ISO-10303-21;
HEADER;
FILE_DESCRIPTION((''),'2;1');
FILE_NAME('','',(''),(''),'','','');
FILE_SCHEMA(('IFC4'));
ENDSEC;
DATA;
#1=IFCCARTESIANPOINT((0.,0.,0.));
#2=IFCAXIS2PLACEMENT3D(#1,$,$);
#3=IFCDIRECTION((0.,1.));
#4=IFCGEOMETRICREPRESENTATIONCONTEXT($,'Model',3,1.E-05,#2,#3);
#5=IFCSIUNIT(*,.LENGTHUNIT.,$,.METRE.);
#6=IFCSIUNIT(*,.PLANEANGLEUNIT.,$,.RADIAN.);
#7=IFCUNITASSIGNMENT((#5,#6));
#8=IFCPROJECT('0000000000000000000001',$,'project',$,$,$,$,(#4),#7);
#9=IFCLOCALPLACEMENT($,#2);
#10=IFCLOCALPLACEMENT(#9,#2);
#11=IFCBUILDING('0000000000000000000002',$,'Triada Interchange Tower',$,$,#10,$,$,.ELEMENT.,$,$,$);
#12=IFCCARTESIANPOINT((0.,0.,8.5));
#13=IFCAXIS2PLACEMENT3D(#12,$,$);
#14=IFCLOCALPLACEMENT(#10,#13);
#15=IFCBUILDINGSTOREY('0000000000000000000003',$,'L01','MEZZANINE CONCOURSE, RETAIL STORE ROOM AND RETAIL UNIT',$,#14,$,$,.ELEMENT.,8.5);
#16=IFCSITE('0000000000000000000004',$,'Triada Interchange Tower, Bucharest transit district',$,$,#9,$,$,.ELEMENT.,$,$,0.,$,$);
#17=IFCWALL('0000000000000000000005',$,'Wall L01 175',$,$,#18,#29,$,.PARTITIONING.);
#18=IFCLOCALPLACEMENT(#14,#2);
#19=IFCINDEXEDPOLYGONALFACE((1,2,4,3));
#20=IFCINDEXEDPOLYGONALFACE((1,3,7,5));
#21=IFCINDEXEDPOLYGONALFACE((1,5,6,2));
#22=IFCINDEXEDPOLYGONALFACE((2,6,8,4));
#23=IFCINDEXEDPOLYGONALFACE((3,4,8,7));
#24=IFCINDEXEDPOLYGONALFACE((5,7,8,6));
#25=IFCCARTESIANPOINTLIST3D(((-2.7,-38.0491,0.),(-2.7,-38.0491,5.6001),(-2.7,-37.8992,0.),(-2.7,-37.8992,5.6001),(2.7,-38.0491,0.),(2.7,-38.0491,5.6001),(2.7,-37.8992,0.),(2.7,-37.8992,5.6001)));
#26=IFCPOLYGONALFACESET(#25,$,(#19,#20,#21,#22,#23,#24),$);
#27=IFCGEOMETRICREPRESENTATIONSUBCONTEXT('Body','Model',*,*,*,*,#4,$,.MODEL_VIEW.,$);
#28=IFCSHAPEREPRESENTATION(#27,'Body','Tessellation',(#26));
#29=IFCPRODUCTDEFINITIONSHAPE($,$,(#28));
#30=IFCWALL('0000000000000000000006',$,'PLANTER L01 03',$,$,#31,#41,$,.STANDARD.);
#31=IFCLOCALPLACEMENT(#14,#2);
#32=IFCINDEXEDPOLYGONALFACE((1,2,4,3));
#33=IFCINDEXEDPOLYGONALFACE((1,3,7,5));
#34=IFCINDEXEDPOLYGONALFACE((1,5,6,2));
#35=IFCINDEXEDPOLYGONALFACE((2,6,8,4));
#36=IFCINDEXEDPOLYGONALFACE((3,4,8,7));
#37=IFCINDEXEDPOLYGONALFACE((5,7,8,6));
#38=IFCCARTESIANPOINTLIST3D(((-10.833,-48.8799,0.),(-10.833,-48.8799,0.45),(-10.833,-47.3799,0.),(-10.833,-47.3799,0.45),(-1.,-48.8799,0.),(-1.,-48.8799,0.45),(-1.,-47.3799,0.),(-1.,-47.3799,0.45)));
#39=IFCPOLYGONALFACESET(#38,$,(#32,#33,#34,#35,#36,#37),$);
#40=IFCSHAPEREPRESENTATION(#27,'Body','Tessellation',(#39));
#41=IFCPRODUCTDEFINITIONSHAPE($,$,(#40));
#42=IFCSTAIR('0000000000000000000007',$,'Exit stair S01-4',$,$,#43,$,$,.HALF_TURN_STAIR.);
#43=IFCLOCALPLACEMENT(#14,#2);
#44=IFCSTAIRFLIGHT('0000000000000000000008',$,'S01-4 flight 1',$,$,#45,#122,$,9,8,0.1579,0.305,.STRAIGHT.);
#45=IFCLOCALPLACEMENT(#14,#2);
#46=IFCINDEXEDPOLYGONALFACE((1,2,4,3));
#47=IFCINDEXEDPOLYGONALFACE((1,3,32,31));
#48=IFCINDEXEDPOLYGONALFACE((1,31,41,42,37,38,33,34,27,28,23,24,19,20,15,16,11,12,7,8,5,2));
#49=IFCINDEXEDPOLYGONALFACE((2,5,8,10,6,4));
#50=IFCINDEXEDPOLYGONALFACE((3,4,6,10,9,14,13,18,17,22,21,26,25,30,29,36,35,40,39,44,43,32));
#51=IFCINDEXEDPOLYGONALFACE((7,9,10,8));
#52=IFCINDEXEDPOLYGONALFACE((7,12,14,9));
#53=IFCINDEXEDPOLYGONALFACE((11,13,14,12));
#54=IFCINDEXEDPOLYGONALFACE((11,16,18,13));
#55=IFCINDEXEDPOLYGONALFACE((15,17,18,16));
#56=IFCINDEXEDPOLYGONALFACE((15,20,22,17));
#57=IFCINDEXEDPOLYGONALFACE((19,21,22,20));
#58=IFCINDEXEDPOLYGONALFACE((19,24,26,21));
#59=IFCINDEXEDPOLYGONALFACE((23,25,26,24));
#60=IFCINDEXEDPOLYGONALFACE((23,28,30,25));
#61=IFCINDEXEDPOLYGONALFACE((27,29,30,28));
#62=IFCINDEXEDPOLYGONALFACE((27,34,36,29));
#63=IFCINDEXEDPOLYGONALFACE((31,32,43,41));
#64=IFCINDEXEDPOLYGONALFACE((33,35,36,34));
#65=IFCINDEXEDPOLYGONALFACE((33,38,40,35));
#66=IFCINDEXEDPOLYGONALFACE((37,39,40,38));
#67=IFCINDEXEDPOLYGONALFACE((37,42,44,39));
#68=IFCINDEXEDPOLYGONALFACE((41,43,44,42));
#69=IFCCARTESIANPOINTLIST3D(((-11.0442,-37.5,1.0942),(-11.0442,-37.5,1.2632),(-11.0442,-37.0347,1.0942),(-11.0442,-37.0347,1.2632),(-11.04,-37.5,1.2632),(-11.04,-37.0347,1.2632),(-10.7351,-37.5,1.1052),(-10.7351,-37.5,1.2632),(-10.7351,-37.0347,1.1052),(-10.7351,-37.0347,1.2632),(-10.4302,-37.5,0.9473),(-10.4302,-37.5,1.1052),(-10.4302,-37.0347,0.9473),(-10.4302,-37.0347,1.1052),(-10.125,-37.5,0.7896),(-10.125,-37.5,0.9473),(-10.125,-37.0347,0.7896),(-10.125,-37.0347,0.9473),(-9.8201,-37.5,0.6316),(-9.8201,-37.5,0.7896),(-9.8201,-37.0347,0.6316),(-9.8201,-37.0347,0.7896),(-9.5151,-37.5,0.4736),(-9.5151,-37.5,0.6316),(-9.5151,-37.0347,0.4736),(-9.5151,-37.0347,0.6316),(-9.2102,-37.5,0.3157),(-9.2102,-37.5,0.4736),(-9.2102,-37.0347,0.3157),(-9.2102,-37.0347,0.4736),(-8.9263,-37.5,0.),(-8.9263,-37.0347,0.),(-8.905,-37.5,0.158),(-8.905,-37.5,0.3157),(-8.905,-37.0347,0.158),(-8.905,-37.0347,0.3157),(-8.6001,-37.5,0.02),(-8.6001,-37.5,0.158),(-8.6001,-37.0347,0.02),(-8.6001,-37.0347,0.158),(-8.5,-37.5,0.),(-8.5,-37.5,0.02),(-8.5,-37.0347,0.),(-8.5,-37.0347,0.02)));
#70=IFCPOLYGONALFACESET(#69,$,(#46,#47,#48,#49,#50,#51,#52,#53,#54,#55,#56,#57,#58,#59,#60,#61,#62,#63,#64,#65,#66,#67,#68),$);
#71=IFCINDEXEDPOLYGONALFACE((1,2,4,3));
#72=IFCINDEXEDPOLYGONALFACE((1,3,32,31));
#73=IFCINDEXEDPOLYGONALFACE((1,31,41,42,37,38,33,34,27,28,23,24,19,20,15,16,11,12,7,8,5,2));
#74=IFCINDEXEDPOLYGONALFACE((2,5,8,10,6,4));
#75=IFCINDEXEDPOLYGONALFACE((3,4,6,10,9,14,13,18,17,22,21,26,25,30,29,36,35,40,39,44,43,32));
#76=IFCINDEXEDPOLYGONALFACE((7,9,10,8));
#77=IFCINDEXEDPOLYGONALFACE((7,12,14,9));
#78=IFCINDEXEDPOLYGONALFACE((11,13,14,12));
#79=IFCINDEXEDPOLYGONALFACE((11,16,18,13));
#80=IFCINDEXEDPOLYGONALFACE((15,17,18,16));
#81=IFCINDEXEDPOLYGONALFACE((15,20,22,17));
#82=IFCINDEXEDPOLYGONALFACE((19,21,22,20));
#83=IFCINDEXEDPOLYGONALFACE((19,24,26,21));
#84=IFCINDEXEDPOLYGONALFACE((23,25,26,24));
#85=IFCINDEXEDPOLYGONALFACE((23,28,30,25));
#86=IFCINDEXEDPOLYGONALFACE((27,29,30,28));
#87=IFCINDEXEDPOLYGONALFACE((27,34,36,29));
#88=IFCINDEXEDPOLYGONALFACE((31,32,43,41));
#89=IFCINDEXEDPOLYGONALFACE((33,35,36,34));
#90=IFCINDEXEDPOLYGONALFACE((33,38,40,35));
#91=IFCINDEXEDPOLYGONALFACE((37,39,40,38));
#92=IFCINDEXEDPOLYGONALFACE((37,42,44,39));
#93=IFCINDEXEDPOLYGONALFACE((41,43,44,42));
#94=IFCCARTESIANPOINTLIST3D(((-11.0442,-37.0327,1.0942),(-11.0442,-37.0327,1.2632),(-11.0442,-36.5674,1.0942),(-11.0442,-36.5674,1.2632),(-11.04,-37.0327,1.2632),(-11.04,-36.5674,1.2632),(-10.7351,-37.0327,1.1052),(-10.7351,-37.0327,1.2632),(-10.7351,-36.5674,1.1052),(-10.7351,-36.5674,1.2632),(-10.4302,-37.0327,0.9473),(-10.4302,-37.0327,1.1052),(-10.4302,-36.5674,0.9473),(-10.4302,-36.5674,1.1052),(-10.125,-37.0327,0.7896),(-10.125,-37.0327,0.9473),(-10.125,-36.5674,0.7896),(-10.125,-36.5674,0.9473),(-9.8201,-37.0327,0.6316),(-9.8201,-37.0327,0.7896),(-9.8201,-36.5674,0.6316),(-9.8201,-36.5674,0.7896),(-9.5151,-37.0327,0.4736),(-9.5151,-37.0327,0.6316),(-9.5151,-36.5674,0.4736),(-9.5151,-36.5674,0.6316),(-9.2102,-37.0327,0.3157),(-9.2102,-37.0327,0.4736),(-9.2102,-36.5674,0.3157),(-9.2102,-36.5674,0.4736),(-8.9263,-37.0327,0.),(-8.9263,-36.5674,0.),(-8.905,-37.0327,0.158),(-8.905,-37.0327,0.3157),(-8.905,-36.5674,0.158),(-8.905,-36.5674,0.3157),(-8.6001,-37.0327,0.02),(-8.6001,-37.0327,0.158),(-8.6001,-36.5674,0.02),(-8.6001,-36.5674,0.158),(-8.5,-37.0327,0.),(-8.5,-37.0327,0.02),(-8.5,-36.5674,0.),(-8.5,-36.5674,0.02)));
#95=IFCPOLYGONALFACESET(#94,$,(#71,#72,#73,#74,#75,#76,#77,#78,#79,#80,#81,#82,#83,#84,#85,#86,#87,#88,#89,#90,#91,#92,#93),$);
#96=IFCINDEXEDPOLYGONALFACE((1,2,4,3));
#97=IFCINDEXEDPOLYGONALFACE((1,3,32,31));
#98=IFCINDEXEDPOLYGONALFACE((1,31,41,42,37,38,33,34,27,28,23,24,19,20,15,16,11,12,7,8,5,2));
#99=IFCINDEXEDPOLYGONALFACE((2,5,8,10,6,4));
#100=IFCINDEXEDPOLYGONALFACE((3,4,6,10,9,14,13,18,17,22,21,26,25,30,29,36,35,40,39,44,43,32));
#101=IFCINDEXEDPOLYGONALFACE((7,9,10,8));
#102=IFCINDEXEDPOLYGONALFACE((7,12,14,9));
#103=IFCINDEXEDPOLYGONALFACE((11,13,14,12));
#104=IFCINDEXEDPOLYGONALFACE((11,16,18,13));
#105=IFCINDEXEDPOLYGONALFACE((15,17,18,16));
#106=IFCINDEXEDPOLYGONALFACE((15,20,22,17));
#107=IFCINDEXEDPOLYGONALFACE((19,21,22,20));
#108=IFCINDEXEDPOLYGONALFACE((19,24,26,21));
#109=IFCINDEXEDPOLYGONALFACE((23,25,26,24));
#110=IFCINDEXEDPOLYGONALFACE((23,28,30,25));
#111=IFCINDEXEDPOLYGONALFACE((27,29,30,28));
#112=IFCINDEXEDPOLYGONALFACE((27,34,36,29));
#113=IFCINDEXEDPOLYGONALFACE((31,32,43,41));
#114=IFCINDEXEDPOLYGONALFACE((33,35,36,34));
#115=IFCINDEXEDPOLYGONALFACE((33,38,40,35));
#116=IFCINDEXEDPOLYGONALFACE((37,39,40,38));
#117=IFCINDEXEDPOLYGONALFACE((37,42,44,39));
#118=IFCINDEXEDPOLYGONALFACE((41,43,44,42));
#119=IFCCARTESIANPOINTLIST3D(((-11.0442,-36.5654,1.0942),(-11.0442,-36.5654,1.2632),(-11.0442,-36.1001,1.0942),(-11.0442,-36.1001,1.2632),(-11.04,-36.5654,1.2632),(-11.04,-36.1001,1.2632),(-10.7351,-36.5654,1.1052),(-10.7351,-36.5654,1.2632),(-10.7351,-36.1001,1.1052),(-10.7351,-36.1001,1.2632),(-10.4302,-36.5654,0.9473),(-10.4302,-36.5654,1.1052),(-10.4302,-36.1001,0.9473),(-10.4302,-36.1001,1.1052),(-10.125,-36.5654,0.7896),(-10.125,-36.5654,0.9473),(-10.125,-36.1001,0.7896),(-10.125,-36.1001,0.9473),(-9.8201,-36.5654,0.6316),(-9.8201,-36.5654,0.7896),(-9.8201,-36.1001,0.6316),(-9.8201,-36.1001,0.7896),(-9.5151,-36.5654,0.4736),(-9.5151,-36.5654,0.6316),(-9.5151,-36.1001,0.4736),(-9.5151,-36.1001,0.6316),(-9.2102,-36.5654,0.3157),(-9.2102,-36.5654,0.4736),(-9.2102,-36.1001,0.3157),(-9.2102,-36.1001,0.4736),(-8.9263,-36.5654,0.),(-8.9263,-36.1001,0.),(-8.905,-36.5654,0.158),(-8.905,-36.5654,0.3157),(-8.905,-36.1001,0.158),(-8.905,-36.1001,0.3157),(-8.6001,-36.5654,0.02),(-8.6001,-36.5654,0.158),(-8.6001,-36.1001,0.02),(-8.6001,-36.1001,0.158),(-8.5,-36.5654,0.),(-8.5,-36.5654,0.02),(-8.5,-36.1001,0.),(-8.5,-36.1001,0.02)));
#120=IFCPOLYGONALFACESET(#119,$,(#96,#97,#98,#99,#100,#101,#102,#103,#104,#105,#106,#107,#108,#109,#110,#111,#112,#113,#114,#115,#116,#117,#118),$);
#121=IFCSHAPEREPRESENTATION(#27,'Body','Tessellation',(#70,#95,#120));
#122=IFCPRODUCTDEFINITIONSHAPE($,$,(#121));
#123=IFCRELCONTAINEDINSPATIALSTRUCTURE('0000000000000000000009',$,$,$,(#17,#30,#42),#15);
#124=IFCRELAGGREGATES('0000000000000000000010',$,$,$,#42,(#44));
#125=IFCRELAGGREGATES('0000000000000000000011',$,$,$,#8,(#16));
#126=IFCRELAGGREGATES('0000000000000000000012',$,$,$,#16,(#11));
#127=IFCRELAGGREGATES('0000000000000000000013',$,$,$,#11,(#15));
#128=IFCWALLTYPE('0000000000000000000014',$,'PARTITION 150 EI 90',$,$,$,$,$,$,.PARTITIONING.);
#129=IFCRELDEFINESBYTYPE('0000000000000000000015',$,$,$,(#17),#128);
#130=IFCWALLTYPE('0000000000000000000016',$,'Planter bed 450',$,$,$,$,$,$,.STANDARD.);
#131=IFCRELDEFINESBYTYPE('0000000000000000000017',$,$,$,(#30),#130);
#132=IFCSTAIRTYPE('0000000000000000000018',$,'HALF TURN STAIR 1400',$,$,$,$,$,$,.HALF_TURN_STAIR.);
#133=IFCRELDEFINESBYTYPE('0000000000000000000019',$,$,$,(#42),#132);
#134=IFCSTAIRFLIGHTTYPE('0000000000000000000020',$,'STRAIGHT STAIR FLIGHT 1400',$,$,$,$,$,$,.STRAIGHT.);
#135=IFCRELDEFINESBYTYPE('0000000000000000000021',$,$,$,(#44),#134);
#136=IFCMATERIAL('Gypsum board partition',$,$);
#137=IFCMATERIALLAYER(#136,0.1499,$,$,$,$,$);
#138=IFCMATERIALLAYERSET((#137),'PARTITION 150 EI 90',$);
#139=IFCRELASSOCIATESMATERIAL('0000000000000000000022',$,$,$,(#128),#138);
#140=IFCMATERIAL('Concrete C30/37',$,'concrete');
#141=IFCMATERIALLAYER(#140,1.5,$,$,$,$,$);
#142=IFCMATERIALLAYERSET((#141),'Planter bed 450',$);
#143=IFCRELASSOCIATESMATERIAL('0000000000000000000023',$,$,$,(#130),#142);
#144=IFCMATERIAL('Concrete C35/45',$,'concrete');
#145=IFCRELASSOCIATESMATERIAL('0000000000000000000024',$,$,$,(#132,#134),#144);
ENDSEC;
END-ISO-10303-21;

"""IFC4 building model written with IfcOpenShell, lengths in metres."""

from ifc_helpers import new_model, si_unit, direction, frame, frame_2d, origin, place, context, subcontext, project, spatial, polyline, rectangle, outline, extrude, material, layer, layer_set, type_object, element, aggregate, save


model = new_model("IFC4")

# Units and contexts
model_context = context("Model", 3, precision=1e-05, world=origin(), true_north=direction((0.0, 1.0)))
body_context = subcontext(model_context, "Body", "Model", "MODEL_VIEW")
ifc_project = project(units=[si_unit("LENGTHUNIT", "METRE"), si_unit("PLANEANGLEUNIT", "RADIAN")], contexts=[model_context])

# Site, building, storey
site_placement = place(None, origin())
site = spatial("IfcSite", under=ifc_project, at=site_placement, Name="Triada Interchange Tower, Bucharest transit district", CompositionType="ELEMENT", RefElevation=0.0)
building_placement = place(site_placement, origin())
building = spatial("IfcBuilding", under=site, at=building_placement, Name="Triada Interchange Tower", CompositionType="ELEMENT")
storey_placement = place(building_placement, frame((0.0, 0.0, 8.5)))
storey = spatial("IfcBuildingStorey", under=building, at=storey_placement, Name="L01", Description="MEZZANINE CONCOURSE, RETAIL STORE ROOM AND RETAIL UNIT", CompositionType="ELEMENT", Elevation=8.5)

# Shared definitions
ifc_material_1 = material(Name="Concrete C35/45", Category="concrete")

# Shared definitions
ifc_material_2 = material(Name="Concrete C30/37", Category="concrete")

# Shared definitions
ifc_material_3 = material(Name="Gypsum board partition")

# Shared definitions
ifc_layer_1 = layer(ifc_material_3, 0.1499)
ifc_layer_set_1 = layer_set([ifc_layer_1], Name="PARTITION 150 EI 90")
wall_type_1 = type_object("IfcWallType", Name="PARTITION 150 EI 90", PredefinedType="PARTITIONING", material=ifc_layer_set_1)

# Walls
wall_1_placement = place(storey_placement, frame((-2.7, -37.9741, 0.0), z_axis=(0.0, 0.0, 1.0), x_axis=(1.0, 0.0, 0.0)))
element("IfcWall", 1, at=wall_1_placement, inside=storey, type_object=wall_type_1, Name="Wall L01 175", PredefinedType="PARTITIONING", context=body_context, shape_type="SweptSolid", body=[
    extrude(rectangle(XDim=5.3999, YDim=0.1499, at=frame_2d((2.7, 0.0))), origin(), (0.0, 0.0, 1.0), 5.6001),
])
ifc_layer_2 = layer(ifc_material_2, 1.5)
ifc_layer_set_2 = layer_set([ifc_layer_2], Name="Planter bed 450")
wall_type_2 = type_object("IfcWallType", Name="Planter bed 450", PredefinedType="STANDARD", material=ifc_layer_set_2)
wall_2_placement = place(storey_placement, frame((-10.833, -48.1299, 0.0), z_axis=(0.0, 0.0, 1.0), x_axis=(1.0, 0.0, 0.0)))
element("IfcWall", 2, at=wall_2_placement, inside=storey, type_object=wall_type_2, Name="PLANTER L01 03", PredefinedType="STANDARD", context=body_context, shape_type="SweptSolid", body=[
    extrude(rectangle(XDim=9.833, YDim=1.5, at=frame_2d((4.9165, 0.0))), origin(), (0.0, 0.0, 1.0), 0.45),
])

# Stair, stair flight
stair_type = type_object("IfcStairType", Name="HALF TURN STAIR 1400", PredefinedType="HALF_TURN_STAIR", material=ifc_material_1)
stair_placement = place(storey_placement, origin())
stair = element("IfcStair", 3, at=stair_placement, inside=storey, type_object=stair_type, Name="Exit stair S01-4", PredefinedType="HALF_TURN_STAIR")
stair_flight_type = type_object("IfcStairFlightType", Name="STRAIGHT STAIR FLIGHT 1400", PredefinedType="STRAIGHT", material=ifc_material_1)
stair_flight_1_placement = place(storey_placement, frame((-8.6001, -36.8, 0.0), z_axis=(0.0, 0.0, 1.0), x_axis=(-1.0, 0.0, 0.0)))
stair_flight_1 = element("IfcStairFlight", 4, at=stair_flight_1_placement, type_object=stair_flight_type, Name="S01-4 flight 1", NumberOfRisers=9, NumberOfTreads=8, PredefinedType="STRAIGHT", RiserHeight=0.1579, TreadLength=0.305, context=body_context, shape_type="SweptSolid", body=[
    extrude(outline(polyline([(-0.1001, 0.0), (-0.1001, 0.02), (0.0, 0.02), (0.0, 0.158), (0.3049, 0.158), (0.3049, 0.3157), (0.6101, 0.3157), (0.6101, 0.4736), (0.915, 0.4736), (0.915, 0.6316), (1.22, 0.6316), (1.22, 0.7896), (1.5249, 0.7896), (1.5249, 0.9473), (1.8301, 0.9473), (1.8301, 1.1052), (2.135, 1.1052), (2.135, 1.2632), (2.4399, 1.2632), (2.4441, 1.2632), (2.4441, 1.4209), (2.4441, 1.0942), (0.3262, 0.0), (-0.1001, 0.0)])), frame((0.0, 0.7, 0.0), z_axis=(0.0, -1.0, 0.0), x_axis=(1.0, 0.0, 0.0)), (0.0, 0.0, 1.0), 0.4653),
    extrude(outline(polyline([(-0.1001, 0.0), (-0.1001, 0.02), (0.0, 0.02), (0.0, 0.158), (0.3049, 0.158), (0.3049, 0.3157), (0.6101, 0.3157), (0.6101, 0.4736), (0.915, 0.4736), (0.915, 0.6316), (1.22, 0.6316), (1.22, 0.7896), (1.5249, 0.7896), (1.5249, 0.9473), (1.8301, 0.9473), (1.8301, 1.1052), (2.135, 1.1052), (2.135, 1.2632), (2.4399, 1.2632), (2.4441, 1.2632), (2.4441, 1.4209), (2.4441, 1.0942), (0.3262, 0.0), (-0.1001, 0.0)])), frame((0.0, 0.2327, 0.0), z_axis=(0.0, -1.0, 0.0), x_axis=(1.0, 0.0, 0.0)), (0.0, 0.0, 1.0), 0.4653),
    extrude(outline(polyline([(-0.1001, 0.0), (-0.1001, 0.02), (0.0, 0.02), (0.0, 0.158), (0.3049, 0.158), (0.3049, 0.3157), (0.6101, 0.3157), (0.6101, 0.4736), (0.915, 0.4736), (0.915, 0.6316), (1.22, 0.6316), (1.22, 0.7896), (1.5249, 0.7896), (1.5249, 0.9473), (1.8301, 0.9473), (1.8301, 1.1052), (2.135, 1.1052), (2.135, 1.2632), (2.4399, 1.2632), (2.4441, 1.2632), (2.4441, 1.4209), (2.4441, 1.0942), (0.3262, 0.0), (-0.1001, 0.0)])), frame((0.0, -0.2346, 0.0), z_axis=(0.0, -1.0, 0.0), x_axis=(1.0, 0.0, 0.0)), (0.0, 0.0, 1.0), 0.4653),
])
aggregate(stair, [stair_flight_1])

save(model, "model.ifc")
